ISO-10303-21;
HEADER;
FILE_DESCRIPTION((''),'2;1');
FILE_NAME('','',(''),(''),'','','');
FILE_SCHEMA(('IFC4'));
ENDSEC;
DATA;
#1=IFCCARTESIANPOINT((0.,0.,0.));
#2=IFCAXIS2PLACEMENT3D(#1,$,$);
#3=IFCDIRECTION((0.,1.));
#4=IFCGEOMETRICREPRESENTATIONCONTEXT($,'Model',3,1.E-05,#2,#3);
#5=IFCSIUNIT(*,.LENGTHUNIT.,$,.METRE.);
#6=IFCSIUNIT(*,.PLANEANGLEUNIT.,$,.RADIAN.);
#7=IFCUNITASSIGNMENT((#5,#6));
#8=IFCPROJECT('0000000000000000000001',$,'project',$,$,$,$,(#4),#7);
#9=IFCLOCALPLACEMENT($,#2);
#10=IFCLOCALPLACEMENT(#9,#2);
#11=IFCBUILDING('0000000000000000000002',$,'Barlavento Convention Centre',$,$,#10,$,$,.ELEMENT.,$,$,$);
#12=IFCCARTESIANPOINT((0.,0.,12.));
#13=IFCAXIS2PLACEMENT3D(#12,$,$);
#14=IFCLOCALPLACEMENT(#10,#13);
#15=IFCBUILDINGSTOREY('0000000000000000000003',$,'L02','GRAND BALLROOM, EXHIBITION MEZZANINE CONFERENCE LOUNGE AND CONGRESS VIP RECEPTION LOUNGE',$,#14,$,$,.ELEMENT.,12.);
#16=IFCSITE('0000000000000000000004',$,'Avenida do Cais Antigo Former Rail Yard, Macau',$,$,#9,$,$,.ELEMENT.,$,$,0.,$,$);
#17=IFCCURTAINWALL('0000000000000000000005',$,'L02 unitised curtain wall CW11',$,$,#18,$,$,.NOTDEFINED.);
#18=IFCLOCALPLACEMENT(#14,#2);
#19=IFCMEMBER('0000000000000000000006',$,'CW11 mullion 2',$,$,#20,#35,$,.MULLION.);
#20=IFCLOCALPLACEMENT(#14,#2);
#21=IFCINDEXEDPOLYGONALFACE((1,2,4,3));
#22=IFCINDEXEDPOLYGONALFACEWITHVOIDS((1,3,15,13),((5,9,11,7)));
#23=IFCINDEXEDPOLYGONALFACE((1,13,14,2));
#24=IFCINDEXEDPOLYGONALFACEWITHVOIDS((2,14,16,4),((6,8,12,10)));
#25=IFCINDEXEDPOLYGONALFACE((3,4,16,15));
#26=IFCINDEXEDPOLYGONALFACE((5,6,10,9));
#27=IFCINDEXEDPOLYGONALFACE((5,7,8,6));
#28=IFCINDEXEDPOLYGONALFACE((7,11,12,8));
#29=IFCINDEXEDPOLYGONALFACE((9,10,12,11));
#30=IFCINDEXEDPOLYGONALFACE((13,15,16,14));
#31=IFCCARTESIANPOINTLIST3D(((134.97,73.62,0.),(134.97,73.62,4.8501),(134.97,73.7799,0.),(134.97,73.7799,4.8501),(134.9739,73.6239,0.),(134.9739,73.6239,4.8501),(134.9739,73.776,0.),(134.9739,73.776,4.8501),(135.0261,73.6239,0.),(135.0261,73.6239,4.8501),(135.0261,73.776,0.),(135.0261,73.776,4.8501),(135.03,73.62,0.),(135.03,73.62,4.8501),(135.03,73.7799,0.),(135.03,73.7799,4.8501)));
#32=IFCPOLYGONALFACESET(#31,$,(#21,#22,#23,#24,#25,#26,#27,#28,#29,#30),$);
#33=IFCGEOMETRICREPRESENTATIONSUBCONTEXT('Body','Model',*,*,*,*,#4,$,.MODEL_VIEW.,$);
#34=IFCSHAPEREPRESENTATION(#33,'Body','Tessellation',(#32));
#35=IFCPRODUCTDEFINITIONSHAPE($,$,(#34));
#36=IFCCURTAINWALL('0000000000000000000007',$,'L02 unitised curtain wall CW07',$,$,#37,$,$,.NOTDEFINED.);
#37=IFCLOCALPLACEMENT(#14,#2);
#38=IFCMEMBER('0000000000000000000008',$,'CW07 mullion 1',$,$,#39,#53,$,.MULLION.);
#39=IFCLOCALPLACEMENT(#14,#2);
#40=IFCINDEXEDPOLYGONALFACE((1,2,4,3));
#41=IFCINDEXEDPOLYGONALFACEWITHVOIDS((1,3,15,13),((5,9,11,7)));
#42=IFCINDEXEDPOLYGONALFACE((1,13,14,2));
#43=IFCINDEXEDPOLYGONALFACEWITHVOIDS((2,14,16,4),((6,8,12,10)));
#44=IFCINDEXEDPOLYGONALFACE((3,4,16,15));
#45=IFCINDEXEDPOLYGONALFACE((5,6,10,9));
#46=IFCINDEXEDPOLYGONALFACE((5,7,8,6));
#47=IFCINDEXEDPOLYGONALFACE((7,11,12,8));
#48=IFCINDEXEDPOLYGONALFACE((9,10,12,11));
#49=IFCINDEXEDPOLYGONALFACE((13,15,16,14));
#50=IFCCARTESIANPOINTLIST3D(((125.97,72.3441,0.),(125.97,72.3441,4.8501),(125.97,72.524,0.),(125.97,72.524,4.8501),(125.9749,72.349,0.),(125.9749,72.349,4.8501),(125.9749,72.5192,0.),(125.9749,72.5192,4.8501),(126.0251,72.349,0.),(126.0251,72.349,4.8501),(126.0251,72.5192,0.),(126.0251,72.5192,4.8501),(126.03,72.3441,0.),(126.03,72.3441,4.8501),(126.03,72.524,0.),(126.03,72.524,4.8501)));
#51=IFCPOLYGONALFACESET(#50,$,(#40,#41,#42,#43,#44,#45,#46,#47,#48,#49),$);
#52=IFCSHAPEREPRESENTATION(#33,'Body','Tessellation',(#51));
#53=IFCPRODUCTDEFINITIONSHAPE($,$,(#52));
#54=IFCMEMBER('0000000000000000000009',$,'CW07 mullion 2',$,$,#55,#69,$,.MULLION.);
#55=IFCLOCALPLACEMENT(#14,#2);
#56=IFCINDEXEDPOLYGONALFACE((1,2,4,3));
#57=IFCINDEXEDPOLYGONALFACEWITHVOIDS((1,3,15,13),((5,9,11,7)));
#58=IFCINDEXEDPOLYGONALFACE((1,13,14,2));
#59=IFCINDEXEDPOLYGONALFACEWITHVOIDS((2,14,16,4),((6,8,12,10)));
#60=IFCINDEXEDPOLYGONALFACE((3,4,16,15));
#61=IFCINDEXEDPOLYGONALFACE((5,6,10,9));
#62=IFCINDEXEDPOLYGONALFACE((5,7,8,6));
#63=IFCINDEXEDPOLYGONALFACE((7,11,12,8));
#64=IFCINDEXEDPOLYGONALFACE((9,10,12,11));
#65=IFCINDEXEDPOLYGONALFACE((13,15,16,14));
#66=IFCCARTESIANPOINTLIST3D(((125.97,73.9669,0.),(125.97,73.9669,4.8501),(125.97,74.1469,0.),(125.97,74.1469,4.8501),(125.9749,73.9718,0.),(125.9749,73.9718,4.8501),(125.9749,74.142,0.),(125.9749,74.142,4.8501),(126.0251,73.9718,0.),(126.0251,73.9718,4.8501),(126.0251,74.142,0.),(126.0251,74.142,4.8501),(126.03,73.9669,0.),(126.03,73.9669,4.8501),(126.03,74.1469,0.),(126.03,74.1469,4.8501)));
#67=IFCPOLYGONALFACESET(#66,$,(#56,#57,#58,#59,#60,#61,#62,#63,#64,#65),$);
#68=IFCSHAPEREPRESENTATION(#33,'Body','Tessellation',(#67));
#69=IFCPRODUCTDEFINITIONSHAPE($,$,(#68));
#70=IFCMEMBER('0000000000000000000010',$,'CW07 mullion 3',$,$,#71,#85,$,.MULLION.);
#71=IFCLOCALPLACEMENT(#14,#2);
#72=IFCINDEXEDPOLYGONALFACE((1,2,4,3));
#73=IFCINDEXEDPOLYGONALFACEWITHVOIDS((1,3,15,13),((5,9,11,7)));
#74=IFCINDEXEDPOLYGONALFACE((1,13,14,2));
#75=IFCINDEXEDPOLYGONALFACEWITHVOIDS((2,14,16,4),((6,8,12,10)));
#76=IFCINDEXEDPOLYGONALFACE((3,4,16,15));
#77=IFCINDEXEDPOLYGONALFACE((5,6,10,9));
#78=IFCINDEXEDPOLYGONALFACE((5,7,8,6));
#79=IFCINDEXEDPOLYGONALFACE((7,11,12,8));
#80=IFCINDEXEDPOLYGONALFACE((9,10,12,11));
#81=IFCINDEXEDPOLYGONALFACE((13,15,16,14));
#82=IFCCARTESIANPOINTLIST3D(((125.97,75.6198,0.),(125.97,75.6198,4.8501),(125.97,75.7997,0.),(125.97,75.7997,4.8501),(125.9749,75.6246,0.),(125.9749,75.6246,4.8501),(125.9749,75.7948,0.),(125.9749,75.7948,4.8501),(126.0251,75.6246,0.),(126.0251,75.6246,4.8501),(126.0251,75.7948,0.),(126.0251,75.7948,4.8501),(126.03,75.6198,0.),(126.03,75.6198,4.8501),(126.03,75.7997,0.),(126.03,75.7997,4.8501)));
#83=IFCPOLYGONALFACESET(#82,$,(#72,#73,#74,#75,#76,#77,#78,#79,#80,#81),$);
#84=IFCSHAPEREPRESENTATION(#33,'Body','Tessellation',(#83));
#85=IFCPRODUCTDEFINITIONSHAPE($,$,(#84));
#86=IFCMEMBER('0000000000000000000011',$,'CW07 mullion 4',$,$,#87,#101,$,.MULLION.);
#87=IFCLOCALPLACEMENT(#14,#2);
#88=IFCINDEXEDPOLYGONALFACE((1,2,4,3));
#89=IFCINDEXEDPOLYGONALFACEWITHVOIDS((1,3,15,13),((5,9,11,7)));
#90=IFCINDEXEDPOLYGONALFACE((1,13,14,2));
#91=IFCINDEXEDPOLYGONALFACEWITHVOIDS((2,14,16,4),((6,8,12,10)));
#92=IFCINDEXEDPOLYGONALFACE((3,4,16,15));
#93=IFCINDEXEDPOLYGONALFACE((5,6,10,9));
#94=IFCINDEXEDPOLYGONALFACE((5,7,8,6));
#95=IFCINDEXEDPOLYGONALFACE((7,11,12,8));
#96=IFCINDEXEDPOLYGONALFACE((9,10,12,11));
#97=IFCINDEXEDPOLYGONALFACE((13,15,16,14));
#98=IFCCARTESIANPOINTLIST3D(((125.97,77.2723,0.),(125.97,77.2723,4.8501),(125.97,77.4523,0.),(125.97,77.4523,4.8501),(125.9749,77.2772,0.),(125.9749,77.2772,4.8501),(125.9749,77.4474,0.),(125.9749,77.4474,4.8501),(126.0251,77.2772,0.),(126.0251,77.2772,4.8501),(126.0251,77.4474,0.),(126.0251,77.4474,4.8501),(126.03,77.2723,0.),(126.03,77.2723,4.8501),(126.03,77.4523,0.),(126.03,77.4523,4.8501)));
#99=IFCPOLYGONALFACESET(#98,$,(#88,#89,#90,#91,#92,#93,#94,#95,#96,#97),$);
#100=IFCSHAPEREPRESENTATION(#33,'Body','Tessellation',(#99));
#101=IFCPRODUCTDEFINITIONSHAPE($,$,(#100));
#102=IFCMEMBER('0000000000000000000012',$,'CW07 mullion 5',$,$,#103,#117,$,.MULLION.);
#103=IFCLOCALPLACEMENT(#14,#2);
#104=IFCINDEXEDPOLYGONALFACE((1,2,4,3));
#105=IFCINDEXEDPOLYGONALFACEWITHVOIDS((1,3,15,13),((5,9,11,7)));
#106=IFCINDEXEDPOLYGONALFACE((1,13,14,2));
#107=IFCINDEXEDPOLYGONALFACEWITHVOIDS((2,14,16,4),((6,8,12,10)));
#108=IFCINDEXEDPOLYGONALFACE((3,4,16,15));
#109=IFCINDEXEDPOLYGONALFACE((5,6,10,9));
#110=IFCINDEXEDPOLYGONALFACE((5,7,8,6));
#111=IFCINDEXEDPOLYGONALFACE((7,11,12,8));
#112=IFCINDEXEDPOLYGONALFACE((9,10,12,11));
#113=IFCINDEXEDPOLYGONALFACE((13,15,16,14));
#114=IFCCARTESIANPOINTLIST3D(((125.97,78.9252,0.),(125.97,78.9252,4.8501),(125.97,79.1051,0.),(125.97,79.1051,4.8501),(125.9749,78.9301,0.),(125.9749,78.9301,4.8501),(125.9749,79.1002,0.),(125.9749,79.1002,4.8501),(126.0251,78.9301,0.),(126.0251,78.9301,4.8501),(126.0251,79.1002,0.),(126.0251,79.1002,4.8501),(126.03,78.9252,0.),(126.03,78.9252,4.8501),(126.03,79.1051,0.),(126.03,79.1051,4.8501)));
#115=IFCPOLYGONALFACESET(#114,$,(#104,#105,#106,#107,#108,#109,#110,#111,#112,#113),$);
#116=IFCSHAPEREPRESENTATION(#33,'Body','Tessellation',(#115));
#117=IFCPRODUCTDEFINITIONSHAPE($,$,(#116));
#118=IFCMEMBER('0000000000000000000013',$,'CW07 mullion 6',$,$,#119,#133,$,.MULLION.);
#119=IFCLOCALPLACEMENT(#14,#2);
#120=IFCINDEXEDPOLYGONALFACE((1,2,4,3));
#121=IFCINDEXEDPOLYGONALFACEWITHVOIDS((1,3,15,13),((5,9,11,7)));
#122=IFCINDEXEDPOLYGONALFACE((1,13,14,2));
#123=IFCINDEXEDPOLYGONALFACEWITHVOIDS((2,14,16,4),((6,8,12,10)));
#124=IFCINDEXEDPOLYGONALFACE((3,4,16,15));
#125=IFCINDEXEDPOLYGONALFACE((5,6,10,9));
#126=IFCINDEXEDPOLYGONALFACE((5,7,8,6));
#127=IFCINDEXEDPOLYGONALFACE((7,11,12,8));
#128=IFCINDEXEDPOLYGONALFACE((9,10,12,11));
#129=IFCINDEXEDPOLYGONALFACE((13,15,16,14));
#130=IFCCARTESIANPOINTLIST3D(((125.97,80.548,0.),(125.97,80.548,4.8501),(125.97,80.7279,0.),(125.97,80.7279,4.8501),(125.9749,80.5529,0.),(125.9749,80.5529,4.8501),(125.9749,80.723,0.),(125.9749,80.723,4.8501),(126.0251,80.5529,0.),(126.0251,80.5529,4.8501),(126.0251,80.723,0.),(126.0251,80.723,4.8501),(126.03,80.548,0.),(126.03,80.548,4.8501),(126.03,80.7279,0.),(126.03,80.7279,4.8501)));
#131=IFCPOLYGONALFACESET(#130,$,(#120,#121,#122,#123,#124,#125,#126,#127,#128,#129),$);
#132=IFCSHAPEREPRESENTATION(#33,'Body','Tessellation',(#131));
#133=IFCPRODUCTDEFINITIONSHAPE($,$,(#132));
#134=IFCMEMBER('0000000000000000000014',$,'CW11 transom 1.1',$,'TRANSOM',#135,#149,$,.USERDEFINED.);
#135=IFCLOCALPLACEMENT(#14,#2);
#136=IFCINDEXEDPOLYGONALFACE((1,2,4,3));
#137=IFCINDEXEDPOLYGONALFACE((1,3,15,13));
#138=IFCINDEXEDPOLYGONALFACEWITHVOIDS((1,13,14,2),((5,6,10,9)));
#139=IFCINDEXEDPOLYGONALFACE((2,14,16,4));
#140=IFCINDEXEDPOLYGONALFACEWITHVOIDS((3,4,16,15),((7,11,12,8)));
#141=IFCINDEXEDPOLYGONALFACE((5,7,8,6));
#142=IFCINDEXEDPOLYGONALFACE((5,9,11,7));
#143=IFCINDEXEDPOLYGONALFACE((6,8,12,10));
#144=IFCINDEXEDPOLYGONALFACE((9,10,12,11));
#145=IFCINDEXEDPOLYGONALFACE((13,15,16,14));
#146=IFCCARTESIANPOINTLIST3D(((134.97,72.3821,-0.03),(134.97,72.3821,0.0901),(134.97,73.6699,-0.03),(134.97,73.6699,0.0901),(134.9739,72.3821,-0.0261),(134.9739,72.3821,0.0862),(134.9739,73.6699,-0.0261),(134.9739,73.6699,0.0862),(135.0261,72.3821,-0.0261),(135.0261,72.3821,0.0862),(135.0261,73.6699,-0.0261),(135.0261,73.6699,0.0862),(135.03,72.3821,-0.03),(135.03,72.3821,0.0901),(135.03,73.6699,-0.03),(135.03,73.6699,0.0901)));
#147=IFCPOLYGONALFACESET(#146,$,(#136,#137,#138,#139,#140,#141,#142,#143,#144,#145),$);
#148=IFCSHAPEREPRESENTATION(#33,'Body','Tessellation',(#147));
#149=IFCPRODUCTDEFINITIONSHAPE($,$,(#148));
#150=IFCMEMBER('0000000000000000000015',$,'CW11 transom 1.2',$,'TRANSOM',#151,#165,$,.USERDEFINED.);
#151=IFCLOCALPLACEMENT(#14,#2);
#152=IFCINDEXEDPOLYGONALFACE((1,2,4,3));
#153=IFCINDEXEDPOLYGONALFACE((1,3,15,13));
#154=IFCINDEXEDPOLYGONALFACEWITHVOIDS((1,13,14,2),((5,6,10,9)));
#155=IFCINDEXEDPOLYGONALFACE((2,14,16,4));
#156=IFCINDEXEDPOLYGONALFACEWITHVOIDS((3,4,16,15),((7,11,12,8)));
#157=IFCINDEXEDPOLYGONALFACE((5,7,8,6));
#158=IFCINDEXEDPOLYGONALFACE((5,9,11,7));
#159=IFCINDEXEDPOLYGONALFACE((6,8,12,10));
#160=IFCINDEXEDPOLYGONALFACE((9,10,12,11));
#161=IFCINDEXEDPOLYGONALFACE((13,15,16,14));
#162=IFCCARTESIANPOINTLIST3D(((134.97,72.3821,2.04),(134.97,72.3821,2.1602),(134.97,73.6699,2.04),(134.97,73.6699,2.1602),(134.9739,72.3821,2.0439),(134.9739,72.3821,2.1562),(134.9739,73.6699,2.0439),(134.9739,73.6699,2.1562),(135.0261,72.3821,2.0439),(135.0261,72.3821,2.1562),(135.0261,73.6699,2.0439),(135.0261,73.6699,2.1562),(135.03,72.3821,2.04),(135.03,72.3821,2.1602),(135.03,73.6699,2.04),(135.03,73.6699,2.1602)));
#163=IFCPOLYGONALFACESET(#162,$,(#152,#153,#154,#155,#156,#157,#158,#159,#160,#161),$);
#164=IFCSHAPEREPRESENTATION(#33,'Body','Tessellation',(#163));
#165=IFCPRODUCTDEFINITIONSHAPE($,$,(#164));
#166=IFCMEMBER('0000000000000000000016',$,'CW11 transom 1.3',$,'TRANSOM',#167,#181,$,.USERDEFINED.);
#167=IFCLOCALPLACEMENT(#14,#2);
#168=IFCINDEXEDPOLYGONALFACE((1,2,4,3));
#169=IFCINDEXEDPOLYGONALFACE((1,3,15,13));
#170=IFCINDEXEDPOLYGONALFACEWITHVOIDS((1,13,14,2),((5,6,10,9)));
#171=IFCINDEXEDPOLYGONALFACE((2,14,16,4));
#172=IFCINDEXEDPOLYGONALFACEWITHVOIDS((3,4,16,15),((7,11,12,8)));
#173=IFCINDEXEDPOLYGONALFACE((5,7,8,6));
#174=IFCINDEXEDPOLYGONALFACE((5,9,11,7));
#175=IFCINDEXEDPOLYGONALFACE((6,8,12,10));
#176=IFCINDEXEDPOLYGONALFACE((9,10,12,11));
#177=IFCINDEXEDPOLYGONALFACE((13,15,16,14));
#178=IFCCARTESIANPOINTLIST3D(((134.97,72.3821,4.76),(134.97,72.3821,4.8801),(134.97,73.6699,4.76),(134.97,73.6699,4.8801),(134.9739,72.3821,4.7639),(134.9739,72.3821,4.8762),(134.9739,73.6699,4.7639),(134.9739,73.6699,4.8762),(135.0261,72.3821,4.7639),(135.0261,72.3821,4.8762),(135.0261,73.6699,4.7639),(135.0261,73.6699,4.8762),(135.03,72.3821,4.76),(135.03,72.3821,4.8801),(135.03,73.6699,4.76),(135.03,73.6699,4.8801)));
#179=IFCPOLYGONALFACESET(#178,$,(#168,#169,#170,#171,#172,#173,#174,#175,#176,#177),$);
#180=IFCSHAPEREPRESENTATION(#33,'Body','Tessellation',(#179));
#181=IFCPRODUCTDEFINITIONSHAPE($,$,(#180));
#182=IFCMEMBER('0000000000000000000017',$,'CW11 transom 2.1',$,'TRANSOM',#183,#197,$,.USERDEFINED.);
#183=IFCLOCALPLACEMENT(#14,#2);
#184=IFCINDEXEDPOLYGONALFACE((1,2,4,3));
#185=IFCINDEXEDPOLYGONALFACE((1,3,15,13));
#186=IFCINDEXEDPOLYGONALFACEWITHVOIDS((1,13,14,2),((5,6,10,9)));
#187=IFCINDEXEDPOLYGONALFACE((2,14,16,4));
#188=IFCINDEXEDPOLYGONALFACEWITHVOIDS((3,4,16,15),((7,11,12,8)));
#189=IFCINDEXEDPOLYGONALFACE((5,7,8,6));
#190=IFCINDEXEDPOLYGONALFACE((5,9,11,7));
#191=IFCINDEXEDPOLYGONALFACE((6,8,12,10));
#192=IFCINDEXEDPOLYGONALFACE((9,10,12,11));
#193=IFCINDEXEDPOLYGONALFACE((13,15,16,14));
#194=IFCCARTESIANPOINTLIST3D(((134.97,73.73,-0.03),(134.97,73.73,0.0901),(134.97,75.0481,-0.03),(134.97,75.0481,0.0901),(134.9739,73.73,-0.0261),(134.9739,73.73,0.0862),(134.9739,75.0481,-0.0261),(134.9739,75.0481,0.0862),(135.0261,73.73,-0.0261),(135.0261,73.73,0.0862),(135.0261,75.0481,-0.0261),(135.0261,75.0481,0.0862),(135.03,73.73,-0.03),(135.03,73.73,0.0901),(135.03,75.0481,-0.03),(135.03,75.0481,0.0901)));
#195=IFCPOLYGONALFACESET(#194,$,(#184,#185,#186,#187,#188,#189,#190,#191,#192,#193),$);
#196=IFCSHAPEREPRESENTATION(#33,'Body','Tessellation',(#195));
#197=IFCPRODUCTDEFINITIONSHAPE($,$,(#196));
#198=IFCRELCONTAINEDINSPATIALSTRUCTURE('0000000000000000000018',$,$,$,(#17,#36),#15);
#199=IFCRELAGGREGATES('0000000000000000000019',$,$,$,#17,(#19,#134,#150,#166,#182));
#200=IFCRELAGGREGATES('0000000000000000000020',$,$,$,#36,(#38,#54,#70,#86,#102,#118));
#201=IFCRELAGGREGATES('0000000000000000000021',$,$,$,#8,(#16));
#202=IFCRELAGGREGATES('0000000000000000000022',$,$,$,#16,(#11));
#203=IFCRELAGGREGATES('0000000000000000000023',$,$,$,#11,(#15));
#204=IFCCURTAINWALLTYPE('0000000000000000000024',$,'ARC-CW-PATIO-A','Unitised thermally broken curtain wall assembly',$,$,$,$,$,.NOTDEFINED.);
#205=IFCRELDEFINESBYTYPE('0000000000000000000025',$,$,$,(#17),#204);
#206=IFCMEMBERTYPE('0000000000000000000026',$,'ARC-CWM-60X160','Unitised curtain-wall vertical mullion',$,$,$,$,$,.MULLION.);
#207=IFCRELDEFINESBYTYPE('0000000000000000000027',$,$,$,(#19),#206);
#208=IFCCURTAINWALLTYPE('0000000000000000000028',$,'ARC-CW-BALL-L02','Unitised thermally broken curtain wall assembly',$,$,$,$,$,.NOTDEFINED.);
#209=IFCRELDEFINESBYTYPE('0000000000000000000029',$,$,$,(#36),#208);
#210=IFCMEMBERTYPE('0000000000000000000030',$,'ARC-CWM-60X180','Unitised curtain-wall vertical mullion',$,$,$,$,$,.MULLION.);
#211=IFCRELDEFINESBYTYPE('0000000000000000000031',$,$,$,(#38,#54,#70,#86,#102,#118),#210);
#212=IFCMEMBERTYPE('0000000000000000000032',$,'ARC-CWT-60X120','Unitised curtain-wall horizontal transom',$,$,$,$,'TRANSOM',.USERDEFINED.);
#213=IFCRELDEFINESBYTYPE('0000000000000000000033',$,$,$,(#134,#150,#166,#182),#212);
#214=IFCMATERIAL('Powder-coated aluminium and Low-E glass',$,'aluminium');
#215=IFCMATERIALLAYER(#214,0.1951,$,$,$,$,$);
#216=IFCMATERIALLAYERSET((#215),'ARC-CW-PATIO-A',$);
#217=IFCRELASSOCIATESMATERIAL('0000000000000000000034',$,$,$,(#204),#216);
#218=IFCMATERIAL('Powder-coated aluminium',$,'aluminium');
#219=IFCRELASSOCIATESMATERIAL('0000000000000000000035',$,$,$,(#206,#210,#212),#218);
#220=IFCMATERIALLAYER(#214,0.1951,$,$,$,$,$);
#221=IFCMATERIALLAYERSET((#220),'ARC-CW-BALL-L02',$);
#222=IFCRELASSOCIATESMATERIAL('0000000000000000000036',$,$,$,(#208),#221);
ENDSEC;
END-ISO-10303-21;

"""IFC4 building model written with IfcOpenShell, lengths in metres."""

from ifc_helpers import new_model, si_unit, direction, frame, origin, origin_2d, place, context, subcontext, project, spatial, hollow_rectangle, extrude, material, layer, layer_set, material_profile, profile_set, type_object, element, aggregate, save


model = new_model("IFC4")

# Units and contexts
model_context = context("Model", 3, precision=1e-05, world=origin(), true_north=direction((0.0, 1.0)))
body_context = subcontext(model_context, "Body", "Model", "MODEL_VIEW")
ifc_project = project(units=[si_unit("LENGTHUNIT", "METRE"), si_unit("PLANEANGLEUNIT", "RADIAN")], contexts=[model_context])

# Site, building, storey
site_placement = place(None, origin())
site = spatial("IfcSite", under=ifc_project, at=site_placement, Name="Avenida do Cais Antigo Former Rail Yard, Macau", CompositionType="ELEMENT", RefElevation=0.0)
building_placement = place(site_placement, origin())
building = spatial("IfcBuilding", under=site, at=building_placement, Name="Barlavento Convention Centre", CompositionType="ELEMENT")
storey_placement = place(building_placement, frame((0.0, 0.0, 12.0)))
storey = spatial("IfcBuildingStorey", under=building, at=storey_placement, Name="L02", Description="GRAND BALLROOM, EXHIBITION MEZZANINE CONFERENCE LOUNGE AND CONGRESS VIP RECEPTION LOUNGE", CompositionType="ELEMENT", Elevation=12.0)

# Curtain wall, member
ifc_material_1 = material(Name="Powder-coated aluminium and Low-E glass", Category="aluminium")
ifc_layer_1 = layer(ifc_material_1, 0.1951)
ifc_layer_set_1 = layer_set([ifc_layer_1], Name="ARC-CW-PATIO-A")
curtain_wall_type_1 = type_object("IfcCurtainWallType", Name="ARC-CW-PATIO-A", Description="Unitised thermally broken curtain wall assembly", PredefinedType="NOTDEFINED", material=ifc_layer_set_1)
curtain_wall_1_placement = place(storey_placement, origin())
curtain_wall_1 = element("IfcCurtainWall", 1, at=curtain_wall_1_placement, inside=storey, type_object=curtain_wall_type_1, Name="L02 unitised curtain wall CW11", PredefinedType="NOTDEFINED")
ifc_material_2 = material(Name="Powder-coated aluminium", Category="aluminium")
ifc_material_profile_1 = material_profile(ifc_material_2, hollow_rectangle(XDim=0.0601, YDim=0.1599, WallThickness=0.0039, at=origin_2d()), Name="AL-MULL 60x160x4")
ifc_profile_set_1 = profile_set([ifc_material_profile_1], Name="Powder-coated aluminium")
member_type_1 = type_object("IfcMemberType", Name="ARC-CWM-60X160", Description="Unitised curtain-wall vertical mullion", PredefinedType="MULLION", material=ifc_profile_set_1)
member_1_placement = place(storey_placement, frame((135.0, 73.7, 0.0), z_axis=(0.0, 0.0, 1.0), x_axis=(-1.0, 0.0, 0.0)))
member_1 = element("IfcMember", 2, at=member_1_placement, type_object=member_type_1, Name="CW11 mullion 2", PredefinedType="MULLION", context=body_context, shape_type="SweptSolid", body=[
    extrude(hollow_rectangle(XDim=0.0601, YDim=0.1599, WallThickness=0.0039, at=origin_2d()), origin(), (0.0, 0.0, 1.0), 4.8501),
])

# Curtain wall, members
ifc_layer_2 = layer(ifc_material_1, 0.1951)
ifc_layer_set_2 = layer_set([ifc_layer_2], Name="ARC-CW-BALL-L02")
curtain_wall_type_2 = type_object("IfcCurtainWallType", Name="ARC-CW-BALL-L02", Description="Unitised thermally broken curtain wall assembly", PredefinedType="NOTDEFINED", material=ifc_layer_set_2)
curtain_wall_2_placement = place(storey_placement, origin())
curtain_wall_2 = element("IfcCurtainWall", 3, at=curtain_wall_2_placement, inside=storey, type_object=curtain_wall_type_2, Name="L02 unitised curtain wall CW07", PredefinedType="NOTDEFINED")
ifc_material_profile_2 = material_profile(ifc_material_2, hollow_rectangle(XDim=0.0601, YDim=0.1799, WallThickness=0.0049, at=origin_2d()), Name="AL-MULL 60x180x5")
ifc_profile_set_2 = profile_set([ifc_material_profile_2], Name="Powder-coated aluminium")
member_type_2 = type_object("IfcMemberType", Name="ARC-CWM-60X180", Description="Unitised curtain-wall vertical mullion", PredefinedType="MULLION", material=ifc_profile_set_2)
member_2_placement = place(storey_placement, frame((126.0, 72.4341, 0.0), z_axis=(0.0, 0.0, 1.0), x_axis=(-1.0, 0.0, 0.0)))
member_2 = element("IfcMember", 4, at=member_2_placement, type_object=member_type_2, Name="CW07 mullion 1", PredefinedType="MULLION", context=body_context, shape_type="SweptSolid", body=[
    extrude(hollow_rectangle(XDim=0.0601, YDim=0.1799, WallThickness=0.0049, at=origin_2d()), origin(), (0.0, 0.0, 1.0), 4.8501),
])
member_3_placement = place(storey_placement, frame((126.0, 74.0569, 0.0), z_axis=(0.0, 0.0, 1.0), x_axis=(-1.0, 0.0, 0.0)))
member_3 = element("IfcMember", 5, at=member_3_placement, type_object=member_type_2, Name="CW07 mullion 2", PredefinedType="MULLION", context=body_context, shape_type="SweptSolid", body=[
    extrude(hollow_rectangle(XDim=0.0601, YDim=0.1799, WallThickness=0.0049, at=origin_2d()), origin(), (0.0, 0.0, 1.0), 4.8501),
])
member_4_placement = place(storey_placement, frame((126.0, 75.7097, 0.0), z_axis=(0.0, 0.0, 1.0), x_axis=(-1.0, 0.0, 0.0)))
member_4 = element("IfcMember", 6, at=member_4_placement, type_object=member_type_2, Name="CW07 mullion 3", PredefinedType="MULLION", context=body_context, shape_type="SweptSolid", body=[
    extrude(hollow_rectangle(XDim=0.0601, YDim=0.1799, WallThickness=0.0049, at=origin_2d()), origin(), (0.0, 0.0, 1.0), 4.8501),
])
member_5_placement = place(storey_placement, frame((126.0, 77.3623, 0.0), z_axis=(0.0, 0.0, 1.0), x_axis=(-1.0, 0.0, 0.0)))
member_5 = element("IfcMember", 7, at=member_5_placement, type_object=member_type_2, Name="CW07 mullion 4", PredefinedType="MULLION", context=body_context, shape_type="SweptSolid", body=[
    extrude(hollow_rectangle(XDim=0.0601, YDim=0.1799, WallThickness=0.0049, at=origin_2d()), origin(), (0.0, 0.0, 1.0), 4.8501),
])
member_6_placement = place(storey_placement, frame((126.0, 79.0151, 0.0), z_axis=(0.0, 0.0, 1.0), x_axis=(-1.0, 0.0, 0.0)))
member_6 = element("IfcMember", 8, at=member_6_placement, type_object=member_type_2, Name="CW07 mullion 5", PredefinedType="MULLION", context=body_context, shape_type="SweptSolid", body=[
    extrude(hollow_rectangle(XDim=0.0601, YDim=0.1799, WallThickness=0.0049, at=origin_2d()), origin(), (0.0, 0.0, 1.0), 4.8501),
])
member_7_placement = place(storey_placement, frame((126.0, 80.6379, 0.0), z_axis=(0.0, 0.0, 1.0), x_axis=(-1.0, 0.0, 0.0)))
member_7 = element("IfcMember", 9, at=member_7_placement, type_object=member_type_2, Name="CW07 mullion 6", PredefinedType="MULLION", context=body_context, shape_type="SweptSolid", body=[
    extrude(hollow_rectangle(XDim=0.0601, YDim=0.1799, WallThickness=0.0049, at=origin_2d()), origin(), (0.0, 0.0, 1.0), 4.8501),
])

# Members
ifc_material_profile_3 = material_profile(ifc_material_2, hollow_rectangle(XDim=0.0601, YDim=0.1201, WallThickness=0.0039, at=origin_2d()), Name="AL-TRAN 60x120x4")
ifc_profile_set_3 = profile_set([ifc_material_profile_3], Name="Powder-coated aluminium")
member_type_3 = type_object("IfcMemberType", Name="ARC-CWT-60X120", Description="Unitised curtain-wall horizontal transom", ElementType="TRANSOM", PredefinedType="USERDEFINED", material=ifc_profile_set_3)
member_8_placement = place(storey_placement, frame((135.0, 72.3821, 0.03), z_axis=(0.0, 1.0, 0.0), x_axis=(-1.0, 0.0, 0.0)))
member_8 = element("IfcMember", 10, at=member_8_placement, type_object=member_type_3, Name="CW11 transom 1.1", ObjectType="TRANSOM", PredefinedType="USERDEFINED", context=body_context, shape_type="SweptSolid", body=[
    extrude(hollow_rectangle(XDim=0.0601, YDim=0.1201, WallThickness=0.0039, at=origin_2d()), origin(), (0.0, 0.0, 1.0), 1.2878),
])
member_9_placement = place(storey_placement, frame((135.0, 72.3821, 2.1001), z_axis=(0.0, 1.0, 0.0), x_axis=(-1.0, 0.0, 0.0)))
member_9 = element("IfcMember", 11, at=member_9_placement, type_object=member_type_3, Name="CW11 transom 1.2", ObjectType="TRANSOM", PredefinedType="USERDEFINED", context=body_context, shape_type="SweptSolid", body=[
    extrude(hollow_rectangle(XDim=0.0601, YDim=0.1201, WallThickness=0.0039, at=origin_2d()), origin(), (0.0, 0.0, 1.0), 1.2878),
])
member_10_placement = place(storey_placement, frame((135.0, 72.3821, 4.8201), z_axis=(0.0, 1.0, 0.0), x_axis=(-1.0, 0.0, 0.0)))
member_10 = element("IfcMember", 12, at=member_10_placement, type_object=member_type_3, Name="CW11 transom 1.3", ObjectType="TRANSOM", PredefinedType="USERDEFINED", context=body_context, shape_type="SweptSolid", body=[
    extrude(hollow_rectangle(XDim=0.0601, YDim=0.1201, WallThickness=0.0039, at=origin_2d()), origin(), (0.0, 0.0, 1.0), 1.2878),
])
member_11_placement = place(storey_placement, frame((135.0, 73.73, 0.03), z_axis=(0.0, 1.0, 0.0), x_axis=(-1.0, 0.0, 0.0)))
member_11 = element("IfcMember", 13, at=member_11_placement, type_object=member_type_3, Name="CW11 transom 2.1", ObjectType="TRANSOM", PredefinedType="USERDEFINED", context=body_context, shape_type="SweptSolid", body=[
    extrude(hollow_rectangle(XDim=0.0601, YDim=0.1201, WallThickness=0.0039, at=origin_2d()), origin(), (0.0, 0.0, 1.0), 1.3181),
])

aggregate(curtain_wall_1, [member_1, member_8, member_9, member_10, member_11])
aggregate(curtain_wall_2, [member_2, member_3, member_4, member_5, member_6, member_7])

save(model, "model.ifc")
